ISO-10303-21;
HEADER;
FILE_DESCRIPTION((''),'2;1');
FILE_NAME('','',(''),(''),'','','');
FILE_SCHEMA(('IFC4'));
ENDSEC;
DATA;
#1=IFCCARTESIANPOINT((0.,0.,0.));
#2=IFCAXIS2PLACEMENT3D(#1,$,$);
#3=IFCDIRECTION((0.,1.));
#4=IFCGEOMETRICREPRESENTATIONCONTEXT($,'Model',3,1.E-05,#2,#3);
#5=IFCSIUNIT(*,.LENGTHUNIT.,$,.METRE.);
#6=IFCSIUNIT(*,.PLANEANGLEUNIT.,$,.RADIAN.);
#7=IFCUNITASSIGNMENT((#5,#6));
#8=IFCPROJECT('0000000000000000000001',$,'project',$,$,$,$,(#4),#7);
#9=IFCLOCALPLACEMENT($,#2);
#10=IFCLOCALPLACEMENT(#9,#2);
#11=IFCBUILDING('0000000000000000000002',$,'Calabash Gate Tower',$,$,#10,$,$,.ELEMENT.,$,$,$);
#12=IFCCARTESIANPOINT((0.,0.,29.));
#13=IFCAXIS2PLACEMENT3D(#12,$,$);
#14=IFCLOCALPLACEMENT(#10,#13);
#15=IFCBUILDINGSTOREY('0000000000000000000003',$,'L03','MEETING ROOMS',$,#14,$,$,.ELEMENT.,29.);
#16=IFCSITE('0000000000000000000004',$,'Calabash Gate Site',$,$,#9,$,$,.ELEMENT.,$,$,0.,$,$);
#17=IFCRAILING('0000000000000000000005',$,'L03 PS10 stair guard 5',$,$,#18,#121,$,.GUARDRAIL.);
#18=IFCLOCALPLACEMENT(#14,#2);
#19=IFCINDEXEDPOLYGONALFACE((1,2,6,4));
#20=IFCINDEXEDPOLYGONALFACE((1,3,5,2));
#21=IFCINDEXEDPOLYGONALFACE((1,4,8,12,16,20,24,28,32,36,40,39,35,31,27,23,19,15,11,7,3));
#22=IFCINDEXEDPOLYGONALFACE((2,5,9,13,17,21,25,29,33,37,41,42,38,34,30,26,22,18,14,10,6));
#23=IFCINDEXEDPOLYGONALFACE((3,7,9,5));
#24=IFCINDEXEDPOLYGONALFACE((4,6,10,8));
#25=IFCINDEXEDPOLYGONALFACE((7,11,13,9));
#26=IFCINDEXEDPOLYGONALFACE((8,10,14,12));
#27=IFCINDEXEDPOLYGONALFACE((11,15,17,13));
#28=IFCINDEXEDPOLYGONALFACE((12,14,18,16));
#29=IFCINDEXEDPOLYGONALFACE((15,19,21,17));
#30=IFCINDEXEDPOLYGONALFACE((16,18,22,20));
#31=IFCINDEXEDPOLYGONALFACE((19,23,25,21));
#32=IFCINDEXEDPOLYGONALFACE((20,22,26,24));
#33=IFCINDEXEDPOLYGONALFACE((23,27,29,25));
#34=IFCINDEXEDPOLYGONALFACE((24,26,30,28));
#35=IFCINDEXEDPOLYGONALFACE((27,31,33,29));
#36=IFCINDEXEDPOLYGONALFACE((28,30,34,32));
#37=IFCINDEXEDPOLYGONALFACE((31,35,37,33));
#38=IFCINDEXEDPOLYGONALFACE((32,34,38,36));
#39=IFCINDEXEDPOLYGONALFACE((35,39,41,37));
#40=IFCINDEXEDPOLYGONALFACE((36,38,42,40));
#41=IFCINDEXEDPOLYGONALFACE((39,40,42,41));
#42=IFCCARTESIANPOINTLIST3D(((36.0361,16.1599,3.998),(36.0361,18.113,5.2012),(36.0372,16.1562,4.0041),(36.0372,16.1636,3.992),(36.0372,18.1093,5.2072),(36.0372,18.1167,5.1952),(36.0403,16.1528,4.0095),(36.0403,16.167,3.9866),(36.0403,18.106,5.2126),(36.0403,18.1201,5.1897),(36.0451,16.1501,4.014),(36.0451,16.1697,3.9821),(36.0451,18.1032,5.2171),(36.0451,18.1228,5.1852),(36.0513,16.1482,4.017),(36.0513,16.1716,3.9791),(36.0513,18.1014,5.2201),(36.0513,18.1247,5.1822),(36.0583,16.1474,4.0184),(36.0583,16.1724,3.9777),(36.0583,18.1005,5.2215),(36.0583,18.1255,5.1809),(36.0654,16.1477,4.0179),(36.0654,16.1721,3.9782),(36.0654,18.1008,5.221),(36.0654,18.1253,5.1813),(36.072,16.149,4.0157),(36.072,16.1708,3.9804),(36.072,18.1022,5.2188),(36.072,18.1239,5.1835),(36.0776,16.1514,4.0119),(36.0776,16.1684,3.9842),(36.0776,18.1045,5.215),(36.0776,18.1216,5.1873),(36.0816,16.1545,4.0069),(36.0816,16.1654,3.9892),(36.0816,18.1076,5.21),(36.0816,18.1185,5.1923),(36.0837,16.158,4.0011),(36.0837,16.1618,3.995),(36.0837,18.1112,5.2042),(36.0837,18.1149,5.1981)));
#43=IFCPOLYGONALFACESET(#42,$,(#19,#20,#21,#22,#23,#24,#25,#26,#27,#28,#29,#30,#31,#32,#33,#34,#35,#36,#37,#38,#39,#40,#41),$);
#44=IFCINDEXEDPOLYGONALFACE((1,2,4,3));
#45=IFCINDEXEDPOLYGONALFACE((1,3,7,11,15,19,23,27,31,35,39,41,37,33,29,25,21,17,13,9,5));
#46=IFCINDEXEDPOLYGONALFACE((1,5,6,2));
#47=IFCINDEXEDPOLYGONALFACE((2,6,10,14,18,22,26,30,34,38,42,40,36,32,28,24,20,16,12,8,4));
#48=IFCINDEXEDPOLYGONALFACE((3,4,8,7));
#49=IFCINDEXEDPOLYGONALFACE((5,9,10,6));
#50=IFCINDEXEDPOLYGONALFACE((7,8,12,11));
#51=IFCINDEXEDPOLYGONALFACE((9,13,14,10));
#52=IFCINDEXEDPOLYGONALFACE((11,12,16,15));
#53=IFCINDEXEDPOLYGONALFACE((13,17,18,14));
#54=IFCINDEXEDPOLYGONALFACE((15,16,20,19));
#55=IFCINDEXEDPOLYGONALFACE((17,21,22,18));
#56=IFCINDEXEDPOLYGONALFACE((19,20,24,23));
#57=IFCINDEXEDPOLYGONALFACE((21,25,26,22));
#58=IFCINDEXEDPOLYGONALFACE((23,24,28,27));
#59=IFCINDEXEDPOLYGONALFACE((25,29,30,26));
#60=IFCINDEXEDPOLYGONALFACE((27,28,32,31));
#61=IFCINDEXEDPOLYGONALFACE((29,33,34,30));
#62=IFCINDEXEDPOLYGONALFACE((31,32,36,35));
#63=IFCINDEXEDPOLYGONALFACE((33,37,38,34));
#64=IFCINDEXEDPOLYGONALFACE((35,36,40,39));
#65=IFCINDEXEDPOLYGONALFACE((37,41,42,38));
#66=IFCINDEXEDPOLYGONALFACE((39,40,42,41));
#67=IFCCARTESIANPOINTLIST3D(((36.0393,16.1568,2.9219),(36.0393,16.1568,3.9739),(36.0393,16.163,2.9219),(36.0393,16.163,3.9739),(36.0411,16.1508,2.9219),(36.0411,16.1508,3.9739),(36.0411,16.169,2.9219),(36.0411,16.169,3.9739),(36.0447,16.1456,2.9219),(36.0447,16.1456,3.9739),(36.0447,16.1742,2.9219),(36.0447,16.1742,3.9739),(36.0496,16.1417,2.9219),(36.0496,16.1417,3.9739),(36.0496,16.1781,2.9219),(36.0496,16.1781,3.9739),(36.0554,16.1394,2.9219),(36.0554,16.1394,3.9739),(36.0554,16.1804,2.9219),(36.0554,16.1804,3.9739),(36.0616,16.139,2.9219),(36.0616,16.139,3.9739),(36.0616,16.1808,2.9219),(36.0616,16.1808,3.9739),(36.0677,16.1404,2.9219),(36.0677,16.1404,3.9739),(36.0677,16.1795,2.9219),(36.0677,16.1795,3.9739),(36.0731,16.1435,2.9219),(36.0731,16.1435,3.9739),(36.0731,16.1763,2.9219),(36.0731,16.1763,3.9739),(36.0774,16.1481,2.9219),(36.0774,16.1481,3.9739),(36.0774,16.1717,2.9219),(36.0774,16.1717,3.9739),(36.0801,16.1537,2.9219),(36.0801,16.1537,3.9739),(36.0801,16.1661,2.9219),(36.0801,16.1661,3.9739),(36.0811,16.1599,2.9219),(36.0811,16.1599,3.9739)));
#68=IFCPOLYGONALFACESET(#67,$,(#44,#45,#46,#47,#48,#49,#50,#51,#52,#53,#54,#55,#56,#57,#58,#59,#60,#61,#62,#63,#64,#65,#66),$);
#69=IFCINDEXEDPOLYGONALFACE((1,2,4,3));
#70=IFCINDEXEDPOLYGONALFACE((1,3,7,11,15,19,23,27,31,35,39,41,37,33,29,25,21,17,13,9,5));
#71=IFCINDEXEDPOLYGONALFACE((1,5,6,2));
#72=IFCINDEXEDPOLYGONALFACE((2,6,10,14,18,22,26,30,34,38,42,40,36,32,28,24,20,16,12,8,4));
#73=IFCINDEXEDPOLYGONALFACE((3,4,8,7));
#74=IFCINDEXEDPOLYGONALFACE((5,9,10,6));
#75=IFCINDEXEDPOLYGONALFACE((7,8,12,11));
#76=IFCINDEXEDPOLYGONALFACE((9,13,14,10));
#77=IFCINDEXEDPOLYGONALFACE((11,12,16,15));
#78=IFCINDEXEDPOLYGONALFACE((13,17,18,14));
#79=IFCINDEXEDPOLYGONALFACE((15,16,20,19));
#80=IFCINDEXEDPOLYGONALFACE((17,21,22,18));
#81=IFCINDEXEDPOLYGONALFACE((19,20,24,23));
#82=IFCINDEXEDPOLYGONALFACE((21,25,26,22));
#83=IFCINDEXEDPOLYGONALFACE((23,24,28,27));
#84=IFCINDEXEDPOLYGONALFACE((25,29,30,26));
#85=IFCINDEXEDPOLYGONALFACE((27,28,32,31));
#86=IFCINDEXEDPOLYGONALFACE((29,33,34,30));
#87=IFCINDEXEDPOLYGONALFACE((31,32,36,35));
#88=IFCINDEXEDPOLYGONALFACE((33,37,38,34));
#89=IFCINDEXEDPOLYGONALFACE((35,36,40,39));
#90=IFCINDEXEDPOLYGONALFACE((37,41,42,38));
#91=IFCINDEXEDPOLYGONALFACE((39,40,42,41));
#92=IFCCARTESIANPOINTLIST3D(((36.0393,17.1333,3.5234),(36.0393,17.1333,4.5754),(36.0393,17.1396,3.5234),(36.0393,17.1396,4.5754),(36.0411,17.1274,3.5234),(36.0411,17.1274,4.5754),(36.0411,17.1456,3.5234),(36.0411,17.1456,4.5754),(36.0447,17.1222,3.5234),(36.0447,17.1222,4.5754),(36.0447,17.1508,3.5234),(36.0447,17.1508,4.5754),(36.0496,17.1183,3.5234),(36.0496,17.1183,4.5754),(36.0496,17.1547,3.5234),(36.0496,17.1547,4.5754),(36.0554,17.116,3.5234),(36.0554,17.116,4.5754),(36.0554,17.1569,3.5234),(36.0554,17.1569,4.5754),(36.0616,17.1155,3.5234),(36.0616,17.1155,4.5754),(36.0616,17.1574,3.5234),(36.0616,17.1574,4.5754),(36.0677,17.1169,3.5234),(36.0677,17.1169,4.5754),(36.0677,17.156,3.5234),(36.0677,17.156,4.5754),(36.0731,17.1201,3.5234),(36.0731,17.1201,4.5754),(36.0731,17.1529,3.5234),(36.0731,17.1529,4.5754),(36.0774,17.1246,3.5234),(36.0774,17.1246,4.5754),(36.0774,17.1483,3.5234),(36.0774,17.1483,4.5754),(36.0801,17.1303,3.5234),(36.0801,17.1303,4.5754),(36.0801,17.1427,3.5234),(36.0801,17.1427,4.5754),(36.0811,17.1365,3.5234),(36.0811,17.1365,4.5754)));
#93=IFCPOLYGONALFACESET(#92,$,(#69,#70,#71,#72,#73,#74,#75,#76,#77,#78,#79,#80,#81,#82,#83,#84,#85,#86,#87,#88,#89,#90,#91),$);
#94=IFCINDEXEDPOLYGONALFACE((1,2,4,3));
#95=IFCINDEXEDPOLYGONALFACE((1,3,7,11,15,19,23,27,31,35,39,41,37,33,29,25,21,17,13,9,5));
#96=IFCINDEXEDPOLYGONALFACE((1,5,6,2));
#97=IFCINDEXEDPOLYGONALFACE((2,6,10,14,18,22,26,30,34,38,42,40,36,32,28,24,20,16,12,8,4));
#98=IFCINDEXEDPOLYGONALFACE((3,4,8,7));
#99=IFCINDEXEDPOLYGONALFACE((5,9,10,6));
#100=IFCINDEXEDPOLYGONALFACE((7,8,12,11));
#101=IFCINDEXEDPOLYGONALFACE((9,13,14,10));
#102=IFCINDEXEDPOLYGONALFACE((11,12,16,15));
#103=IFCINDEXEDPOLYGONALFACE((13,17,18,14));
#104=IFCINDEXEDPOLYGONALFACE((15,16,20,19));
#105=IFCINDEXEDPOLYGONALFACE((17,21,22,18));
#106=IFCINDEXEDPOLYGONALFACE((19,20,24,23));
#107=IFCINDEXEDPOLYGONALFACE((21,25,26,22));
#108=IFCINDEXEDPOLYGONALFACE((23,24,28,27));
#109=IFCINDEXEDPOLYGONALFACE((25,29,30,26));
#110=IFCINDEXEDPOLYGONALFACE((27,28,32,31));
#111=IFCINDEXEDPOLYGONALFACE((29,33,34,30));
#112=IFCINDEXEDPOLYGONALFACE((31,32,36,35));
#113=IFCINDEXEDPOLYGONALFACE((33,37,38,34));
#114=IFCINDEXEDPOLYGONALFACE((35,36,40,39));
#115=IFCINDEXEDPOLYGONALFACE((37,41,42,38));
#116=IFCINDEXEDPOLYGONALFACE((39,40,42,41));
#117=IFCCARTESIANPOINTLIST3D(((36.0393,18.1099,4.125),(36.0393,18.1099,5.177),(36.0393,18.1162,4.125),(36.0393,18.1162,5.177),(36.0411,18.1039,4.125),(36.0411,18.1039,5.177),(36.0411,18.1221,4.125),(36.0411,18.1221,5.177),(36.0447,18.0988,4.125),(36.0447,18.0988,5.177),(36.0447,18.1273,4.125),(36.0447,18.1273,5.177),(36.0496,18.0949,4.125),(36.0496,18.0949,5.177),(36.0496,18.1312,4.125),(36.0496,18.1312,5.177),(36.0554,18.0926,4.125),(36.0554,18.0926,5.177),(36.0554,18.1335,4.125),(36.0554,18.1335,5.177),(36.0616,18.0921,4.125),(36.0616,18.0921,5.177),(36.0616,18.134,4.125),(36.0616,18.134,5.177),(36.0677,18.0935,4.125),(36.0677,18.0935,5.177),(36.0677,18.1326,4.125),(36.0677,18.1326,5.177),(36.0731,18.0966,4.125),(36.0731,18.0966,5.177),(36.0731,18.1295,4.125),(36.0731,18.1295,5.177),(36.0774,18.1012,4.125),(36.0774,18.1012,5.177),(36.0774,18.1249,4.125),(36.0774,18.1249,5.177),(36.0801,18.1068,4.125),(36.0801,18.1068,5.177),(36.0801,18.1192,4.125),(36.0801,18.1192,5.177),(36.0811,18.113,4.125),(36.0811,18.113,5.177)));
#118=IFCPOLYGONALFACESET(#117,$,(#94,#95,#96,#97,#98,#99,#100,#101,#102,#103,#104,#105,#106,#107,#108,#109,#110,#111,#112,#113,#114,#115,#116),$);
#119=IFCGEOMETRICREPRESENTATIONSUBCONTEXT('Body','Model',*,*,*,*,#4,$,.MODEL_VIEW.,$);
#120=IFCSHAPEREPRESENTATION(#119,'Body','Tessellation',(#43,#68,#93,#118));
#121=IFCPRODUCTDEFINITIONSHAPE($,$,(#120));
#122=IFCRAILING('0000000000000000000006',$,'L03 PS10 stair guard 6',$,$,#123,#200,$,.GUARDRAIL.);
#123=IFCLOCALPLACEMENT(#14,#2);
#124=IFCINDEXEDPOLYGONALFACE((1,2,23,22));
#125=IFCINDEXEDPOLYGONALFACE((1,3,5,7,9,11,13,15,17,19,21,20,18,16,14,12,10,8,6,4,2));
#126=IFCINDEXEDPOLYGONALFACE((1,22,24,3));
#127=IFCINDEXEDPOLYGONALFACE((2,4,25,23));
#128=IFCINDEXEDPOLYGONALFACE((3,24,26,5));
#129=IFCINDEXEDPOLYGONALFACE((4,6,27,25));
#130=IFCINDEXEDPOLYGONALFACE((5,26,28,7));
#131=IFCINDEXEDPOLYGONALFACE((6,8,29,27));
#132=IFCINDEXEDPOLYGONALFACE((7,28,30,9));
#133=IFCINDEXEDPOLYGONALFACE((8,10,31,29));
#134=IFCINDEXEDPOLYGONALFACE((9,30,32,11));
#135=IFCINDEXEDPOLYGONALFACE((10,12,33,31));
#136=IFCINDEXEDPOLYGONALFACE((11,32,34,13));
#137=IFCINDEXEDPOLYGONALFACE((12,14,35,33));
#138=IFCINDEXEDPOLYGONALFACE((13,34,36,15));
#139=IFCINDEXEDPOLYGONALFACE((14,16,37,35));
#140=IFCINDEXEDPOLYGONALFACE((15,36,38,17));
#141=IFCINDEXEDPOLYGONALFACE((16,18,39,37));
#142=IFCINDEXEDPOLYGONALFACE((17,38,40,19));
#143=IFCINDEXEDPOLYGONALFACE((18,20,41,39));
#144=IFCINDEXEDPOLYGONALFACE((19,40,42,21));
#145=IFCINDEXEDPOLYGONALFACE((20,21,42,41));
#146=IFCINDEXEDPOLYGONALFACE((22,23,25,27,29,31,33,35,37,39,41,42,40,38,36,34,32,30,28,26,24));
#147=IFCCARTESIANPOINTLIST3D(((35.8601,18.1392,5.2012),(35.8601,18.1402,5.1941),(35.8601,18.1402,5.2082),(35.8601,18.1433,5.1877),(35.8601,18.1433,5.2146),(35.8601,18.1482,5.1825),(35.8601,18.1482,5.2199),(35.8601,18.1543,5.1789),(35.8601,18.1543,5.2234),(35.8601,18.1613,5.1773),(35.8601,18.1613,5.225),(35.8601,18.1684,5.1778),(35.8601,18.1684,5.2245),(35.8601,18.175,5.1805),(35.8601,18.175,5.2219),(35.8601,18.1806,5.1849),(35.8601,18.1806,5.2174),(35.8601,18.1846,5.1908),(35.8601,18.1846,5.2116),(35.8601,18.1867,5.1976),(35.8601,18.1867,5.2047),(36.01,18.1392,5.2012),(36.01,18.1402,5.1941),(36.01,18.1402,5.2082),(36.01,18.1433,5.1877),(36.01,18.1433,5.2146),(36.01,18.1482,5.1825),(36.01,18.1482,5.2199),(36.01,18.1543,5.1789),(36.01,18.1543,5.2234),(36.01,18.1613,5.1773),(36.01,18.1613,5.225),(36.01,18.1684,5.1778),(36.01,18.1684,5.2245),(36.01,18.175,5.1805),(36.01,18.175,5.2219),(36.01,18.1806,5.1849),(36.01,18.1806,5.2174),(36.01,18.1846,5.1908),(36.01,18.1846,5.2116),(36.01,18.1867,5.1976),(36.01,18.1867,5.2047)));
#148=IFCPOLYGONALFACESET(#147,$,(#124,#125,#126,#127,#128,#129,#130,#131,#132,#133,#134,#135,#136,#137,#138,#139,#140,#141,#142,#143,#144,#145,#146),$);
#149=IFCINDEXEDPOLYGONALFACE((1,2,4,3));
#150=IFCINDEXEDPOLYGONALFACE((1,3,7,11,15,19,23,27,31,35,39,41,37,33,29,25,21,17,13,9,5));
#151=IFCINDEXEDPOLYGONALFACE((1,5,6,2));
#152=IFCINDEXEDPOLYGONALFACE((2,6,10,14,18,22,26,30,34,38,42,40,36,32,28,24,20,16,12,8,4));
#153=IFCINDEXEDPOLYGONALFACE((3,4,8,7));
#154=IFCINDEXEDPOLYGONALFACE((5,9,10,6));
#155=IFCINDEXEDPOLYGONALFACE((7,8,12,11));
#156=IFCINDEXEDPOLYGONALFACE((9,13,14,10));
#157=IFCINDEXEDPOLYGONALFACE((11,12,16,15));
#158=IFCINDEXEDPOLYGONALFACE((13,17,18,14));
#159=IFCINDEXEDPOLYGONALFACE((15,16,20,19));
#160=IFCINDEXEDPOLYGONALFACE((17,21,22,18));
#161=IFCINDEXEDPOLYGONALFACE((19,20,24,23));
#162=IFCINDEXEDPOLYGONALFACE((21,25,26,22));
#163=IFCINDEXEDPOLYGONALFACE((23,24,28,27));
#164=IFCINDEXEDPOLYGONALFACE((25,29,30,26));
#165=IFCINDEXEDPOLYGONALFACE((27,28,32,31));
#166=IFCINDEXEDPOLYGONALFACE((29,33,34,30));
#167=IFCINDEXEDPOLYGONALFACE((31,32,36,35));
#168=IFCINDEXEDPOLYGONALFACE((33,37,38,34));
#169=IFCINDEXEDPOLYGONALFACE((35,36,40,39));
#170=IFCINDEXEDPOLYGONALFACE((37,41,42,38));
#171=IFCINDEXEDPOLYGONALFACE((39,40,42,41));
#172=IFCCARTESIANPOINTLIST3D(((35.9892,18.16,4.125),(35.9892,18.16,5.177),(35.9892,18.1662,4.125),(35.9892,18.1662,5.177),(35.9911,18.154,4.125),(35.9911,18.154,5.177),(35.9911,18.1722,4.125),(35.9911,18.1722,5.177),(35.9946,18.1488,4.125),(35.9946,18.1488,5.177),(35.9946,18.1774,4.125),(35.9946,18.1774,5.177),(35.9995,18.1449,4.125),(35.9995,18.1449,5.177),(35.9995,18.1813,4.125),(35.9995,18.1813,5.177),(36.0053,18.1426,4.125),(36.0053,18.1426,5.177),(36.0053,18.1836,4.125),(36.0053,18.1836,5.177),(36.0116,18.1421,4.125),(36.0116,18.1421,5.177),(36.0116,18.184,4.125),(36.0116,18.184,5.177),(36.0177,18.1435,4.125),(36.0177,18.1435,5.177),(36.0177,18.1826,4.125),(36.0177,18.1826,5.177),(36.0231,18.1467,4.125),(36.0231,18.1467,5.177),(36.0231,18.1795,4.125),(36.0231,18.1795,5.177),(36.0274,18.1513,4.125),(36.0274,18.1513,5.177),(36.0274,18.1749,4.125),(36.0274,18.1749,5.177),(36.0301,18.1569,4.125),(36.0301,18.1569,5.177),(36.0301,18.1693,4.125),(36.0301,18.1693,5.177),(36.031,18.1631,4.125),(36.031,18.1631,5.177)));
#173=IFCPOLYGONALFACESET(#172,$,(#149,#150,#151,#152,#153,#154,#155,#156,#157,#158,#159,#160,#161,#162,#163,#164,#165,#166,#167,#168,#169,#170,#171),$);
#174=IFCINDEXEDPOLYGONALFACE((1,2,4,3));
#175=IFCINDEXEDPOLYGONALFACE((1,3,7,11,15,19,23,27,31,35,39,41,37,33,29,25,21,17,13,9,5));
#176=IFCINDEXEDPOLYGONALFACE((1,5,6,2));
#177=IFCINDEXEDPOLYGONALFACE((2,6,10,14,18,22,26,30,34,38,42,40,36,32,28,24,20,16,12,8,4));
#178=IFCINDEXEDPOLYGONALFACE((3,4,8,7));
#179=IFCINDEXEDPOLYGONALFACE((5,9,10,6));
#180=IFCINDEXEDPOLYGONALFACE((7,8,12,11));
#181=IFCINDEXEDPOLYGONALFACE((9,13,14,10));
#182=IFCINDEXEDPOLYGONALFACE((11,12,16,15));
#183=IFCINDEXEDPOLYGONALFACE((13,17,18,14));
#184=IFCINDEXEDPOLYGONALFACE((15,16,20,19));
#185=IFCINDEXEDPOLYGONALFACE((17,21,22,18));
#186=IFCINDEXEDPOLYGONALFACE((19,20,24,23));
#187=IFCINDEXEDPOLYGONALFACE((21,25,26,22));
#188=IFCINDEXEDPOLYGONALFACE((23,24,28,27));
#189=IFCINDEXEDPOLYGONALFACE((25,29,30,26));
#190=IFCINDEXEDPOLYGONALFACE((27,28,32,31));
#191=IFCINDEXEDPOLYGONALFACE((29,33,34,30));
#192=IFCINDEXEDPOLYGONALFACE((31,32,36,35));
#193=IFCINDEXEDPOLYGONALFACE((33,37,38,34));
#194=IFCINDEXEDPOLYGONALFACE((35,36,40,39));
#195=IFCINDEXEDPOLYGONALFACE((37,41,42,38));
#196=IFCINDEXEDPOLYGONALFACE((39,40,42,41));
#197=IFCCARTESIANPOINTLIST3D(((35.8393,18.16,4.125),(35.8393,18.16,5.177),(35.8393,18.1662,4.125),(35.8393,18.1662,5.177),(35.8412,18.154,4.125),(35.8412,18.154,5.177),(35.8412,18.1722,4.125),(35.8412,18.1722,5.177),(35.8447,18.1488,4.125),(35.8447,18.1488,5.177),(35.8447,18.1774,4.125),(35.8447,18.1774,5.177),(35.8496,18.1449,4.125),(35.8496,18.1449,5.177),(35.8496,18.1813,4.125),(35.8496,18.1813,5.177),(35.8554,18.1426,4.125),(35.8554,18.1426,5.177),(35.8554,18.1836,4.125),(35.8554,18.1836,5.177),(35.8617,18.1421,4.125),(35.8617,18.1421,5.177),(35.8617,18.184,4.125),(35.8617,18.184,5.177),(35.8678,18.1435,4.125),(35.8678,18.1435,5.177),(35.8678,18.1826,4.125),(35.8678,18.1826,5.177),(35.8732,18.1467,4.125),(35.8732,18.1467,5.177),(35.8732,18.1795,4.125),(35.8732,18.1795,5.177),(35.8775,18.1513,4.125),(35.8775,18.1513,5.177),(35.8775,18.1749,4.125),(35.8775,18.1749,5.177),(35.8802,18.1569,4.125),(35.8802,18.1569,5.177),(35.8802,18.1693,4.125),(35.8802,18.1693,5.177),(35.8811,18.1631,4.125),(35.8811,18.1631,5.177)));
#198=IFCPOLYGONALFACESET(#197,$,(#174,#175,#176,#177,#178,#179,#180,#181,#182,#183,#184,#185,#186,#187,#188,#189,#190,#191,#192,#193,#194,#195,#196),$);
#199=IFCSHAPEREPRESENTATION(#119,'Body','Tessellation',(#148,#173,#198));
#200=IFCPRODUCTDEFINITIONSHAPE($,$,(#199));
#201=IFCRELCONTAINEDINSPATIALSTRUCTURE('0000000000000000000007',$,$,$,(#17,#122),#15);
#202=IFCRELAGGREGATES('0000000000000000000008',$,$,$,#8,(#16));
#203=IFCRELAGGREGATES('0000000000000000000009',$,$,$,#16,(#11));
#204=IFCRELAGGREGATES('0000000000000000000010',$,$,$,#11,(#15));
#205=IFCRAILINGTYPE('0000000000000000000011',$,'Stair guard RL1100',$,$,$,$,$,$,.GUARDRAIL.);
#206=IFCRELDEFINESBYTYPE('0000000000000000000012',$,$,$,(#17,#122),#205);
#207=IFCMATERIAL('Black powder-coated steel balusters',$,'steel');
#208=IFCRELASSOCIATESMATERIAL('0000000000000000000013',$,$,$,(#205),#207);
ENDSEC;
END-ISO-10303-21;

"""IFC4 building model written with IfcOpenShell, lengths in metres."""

from ifc_helpers import new_model, si_unit, direction, frame, origin, origin_2d, place, context, subcontext, project, spatial, circle, extrude, material, type_object, element, save


model = new_model("IFC4")

# Units and contexts
model_context = context("Model", 3, precision=1e-05, world=origin(), true_north=direction((0.0, 1.0)))
body_context = subcontext(model_context, "Body", "Model", "MODEL_VIEW")
ifc_project = project(units=[si_unit("LENGTHUNIT", "METRE"), si_unit("PLANEANGLEUNIT", "RADIAN")], contexts=[model_context])

# Site, building, storey
site_placement = place(None, origin())
site = spatial("IfcSite", under=ifc_project, at=site_placement, Name="Calabash Gate Site", CompositionType="ELEMENT", RefElevation=0.0)
building_placement = place(site_placement, origin())
building = spatial("IfcBuilding", under=site, at=building_placement, Name="Calabash Gate Tower", CompositionType="ELEMENT")
storey_placement = place(building_placement, frame((0.0, 0.0, 29.0)))
storey = spatial("IfcBuildingStorey", under=building, at=storey_placement, Name="L03", Description="MEETING ROOMS", CompositionType="ELEMENT", Elevation=29.0)

# Railings
ifc_material_1 = material(Name="Black powder-coated steel balusters", Category="steel")
railing_type_1 = type_object("IfcRailingType", Name="Stair guard RL1100", PredefinedType="GUARDRAIL", material=ifc_material_1)
railing_1_placement = place(storey_placement, frame((36.0601, 16.1599, 2.9219)))
element("IfcRailing", 1, at=railing_1_placement, inside=storey, type_object=railing_type_1, Name="L03 PS10 stair guard 5", PredefinedType="GUARDRAIL", context=body_context, shape_type="SweptSolid", body=[
    extrude(circle(Radius=0.0239, at=origin_2d()), frame((0.0, 0.0, 1.0762), z_axis=(0.0, 0.851424, 0.524477), x_axis=(-1.0, 0.0, 0.0)), (0.0, 0.0, 1.0), 2.2939),
    extrude(circle(Radius=0.021, at=origin_2d()), origin(), (0.0, 0.0, 1.0), 1.052),
    extrude(circle(Radius=0.021, at=origin_2d()), frame((0.0, 0.9766, 0.6016)), (0.0, 0.0, 1.0), 1.052),
    extrude(circle(Radius=0.021, at=origin_2d()), frame((0.0, 1.9531, 1.2031)), (0.0, 0.0, 1.0), 1.052),
])
railing_2_placement = place(storey_placement, frame((36.01, 18.1631, 4.125)))
element("IfcRailing", 2, at=railing_2_placement, inside=storey, type_object=railing_type_1, Name="L03 PS10 stair guard 6", PredefinedType="GUARDRAIL", context=body_context, shape_type="SweptSolid", body=[
    extrude(circle(Radius=0.0239, at=origin_2d()), frame((0.0, 0.0, 1.0762), z_axis=(-1.0, 0.0, 0.0), x_axis=(0.0, -1.0, 0.0)), (0.0, 0.0, 1.0), 0.1499),
    extrude(circle(Radius=0.021, at=origin_2d()), origin(), (0.0, 0.0, 1.0), 1.052),
    extrude(circle(Radius=0.021, at=origin_2d()), frame((-0.1499, 0.0, 0.0)), (0.0, 0.0, 1.0), 1.052),
])

save(model, "model.ifc")
